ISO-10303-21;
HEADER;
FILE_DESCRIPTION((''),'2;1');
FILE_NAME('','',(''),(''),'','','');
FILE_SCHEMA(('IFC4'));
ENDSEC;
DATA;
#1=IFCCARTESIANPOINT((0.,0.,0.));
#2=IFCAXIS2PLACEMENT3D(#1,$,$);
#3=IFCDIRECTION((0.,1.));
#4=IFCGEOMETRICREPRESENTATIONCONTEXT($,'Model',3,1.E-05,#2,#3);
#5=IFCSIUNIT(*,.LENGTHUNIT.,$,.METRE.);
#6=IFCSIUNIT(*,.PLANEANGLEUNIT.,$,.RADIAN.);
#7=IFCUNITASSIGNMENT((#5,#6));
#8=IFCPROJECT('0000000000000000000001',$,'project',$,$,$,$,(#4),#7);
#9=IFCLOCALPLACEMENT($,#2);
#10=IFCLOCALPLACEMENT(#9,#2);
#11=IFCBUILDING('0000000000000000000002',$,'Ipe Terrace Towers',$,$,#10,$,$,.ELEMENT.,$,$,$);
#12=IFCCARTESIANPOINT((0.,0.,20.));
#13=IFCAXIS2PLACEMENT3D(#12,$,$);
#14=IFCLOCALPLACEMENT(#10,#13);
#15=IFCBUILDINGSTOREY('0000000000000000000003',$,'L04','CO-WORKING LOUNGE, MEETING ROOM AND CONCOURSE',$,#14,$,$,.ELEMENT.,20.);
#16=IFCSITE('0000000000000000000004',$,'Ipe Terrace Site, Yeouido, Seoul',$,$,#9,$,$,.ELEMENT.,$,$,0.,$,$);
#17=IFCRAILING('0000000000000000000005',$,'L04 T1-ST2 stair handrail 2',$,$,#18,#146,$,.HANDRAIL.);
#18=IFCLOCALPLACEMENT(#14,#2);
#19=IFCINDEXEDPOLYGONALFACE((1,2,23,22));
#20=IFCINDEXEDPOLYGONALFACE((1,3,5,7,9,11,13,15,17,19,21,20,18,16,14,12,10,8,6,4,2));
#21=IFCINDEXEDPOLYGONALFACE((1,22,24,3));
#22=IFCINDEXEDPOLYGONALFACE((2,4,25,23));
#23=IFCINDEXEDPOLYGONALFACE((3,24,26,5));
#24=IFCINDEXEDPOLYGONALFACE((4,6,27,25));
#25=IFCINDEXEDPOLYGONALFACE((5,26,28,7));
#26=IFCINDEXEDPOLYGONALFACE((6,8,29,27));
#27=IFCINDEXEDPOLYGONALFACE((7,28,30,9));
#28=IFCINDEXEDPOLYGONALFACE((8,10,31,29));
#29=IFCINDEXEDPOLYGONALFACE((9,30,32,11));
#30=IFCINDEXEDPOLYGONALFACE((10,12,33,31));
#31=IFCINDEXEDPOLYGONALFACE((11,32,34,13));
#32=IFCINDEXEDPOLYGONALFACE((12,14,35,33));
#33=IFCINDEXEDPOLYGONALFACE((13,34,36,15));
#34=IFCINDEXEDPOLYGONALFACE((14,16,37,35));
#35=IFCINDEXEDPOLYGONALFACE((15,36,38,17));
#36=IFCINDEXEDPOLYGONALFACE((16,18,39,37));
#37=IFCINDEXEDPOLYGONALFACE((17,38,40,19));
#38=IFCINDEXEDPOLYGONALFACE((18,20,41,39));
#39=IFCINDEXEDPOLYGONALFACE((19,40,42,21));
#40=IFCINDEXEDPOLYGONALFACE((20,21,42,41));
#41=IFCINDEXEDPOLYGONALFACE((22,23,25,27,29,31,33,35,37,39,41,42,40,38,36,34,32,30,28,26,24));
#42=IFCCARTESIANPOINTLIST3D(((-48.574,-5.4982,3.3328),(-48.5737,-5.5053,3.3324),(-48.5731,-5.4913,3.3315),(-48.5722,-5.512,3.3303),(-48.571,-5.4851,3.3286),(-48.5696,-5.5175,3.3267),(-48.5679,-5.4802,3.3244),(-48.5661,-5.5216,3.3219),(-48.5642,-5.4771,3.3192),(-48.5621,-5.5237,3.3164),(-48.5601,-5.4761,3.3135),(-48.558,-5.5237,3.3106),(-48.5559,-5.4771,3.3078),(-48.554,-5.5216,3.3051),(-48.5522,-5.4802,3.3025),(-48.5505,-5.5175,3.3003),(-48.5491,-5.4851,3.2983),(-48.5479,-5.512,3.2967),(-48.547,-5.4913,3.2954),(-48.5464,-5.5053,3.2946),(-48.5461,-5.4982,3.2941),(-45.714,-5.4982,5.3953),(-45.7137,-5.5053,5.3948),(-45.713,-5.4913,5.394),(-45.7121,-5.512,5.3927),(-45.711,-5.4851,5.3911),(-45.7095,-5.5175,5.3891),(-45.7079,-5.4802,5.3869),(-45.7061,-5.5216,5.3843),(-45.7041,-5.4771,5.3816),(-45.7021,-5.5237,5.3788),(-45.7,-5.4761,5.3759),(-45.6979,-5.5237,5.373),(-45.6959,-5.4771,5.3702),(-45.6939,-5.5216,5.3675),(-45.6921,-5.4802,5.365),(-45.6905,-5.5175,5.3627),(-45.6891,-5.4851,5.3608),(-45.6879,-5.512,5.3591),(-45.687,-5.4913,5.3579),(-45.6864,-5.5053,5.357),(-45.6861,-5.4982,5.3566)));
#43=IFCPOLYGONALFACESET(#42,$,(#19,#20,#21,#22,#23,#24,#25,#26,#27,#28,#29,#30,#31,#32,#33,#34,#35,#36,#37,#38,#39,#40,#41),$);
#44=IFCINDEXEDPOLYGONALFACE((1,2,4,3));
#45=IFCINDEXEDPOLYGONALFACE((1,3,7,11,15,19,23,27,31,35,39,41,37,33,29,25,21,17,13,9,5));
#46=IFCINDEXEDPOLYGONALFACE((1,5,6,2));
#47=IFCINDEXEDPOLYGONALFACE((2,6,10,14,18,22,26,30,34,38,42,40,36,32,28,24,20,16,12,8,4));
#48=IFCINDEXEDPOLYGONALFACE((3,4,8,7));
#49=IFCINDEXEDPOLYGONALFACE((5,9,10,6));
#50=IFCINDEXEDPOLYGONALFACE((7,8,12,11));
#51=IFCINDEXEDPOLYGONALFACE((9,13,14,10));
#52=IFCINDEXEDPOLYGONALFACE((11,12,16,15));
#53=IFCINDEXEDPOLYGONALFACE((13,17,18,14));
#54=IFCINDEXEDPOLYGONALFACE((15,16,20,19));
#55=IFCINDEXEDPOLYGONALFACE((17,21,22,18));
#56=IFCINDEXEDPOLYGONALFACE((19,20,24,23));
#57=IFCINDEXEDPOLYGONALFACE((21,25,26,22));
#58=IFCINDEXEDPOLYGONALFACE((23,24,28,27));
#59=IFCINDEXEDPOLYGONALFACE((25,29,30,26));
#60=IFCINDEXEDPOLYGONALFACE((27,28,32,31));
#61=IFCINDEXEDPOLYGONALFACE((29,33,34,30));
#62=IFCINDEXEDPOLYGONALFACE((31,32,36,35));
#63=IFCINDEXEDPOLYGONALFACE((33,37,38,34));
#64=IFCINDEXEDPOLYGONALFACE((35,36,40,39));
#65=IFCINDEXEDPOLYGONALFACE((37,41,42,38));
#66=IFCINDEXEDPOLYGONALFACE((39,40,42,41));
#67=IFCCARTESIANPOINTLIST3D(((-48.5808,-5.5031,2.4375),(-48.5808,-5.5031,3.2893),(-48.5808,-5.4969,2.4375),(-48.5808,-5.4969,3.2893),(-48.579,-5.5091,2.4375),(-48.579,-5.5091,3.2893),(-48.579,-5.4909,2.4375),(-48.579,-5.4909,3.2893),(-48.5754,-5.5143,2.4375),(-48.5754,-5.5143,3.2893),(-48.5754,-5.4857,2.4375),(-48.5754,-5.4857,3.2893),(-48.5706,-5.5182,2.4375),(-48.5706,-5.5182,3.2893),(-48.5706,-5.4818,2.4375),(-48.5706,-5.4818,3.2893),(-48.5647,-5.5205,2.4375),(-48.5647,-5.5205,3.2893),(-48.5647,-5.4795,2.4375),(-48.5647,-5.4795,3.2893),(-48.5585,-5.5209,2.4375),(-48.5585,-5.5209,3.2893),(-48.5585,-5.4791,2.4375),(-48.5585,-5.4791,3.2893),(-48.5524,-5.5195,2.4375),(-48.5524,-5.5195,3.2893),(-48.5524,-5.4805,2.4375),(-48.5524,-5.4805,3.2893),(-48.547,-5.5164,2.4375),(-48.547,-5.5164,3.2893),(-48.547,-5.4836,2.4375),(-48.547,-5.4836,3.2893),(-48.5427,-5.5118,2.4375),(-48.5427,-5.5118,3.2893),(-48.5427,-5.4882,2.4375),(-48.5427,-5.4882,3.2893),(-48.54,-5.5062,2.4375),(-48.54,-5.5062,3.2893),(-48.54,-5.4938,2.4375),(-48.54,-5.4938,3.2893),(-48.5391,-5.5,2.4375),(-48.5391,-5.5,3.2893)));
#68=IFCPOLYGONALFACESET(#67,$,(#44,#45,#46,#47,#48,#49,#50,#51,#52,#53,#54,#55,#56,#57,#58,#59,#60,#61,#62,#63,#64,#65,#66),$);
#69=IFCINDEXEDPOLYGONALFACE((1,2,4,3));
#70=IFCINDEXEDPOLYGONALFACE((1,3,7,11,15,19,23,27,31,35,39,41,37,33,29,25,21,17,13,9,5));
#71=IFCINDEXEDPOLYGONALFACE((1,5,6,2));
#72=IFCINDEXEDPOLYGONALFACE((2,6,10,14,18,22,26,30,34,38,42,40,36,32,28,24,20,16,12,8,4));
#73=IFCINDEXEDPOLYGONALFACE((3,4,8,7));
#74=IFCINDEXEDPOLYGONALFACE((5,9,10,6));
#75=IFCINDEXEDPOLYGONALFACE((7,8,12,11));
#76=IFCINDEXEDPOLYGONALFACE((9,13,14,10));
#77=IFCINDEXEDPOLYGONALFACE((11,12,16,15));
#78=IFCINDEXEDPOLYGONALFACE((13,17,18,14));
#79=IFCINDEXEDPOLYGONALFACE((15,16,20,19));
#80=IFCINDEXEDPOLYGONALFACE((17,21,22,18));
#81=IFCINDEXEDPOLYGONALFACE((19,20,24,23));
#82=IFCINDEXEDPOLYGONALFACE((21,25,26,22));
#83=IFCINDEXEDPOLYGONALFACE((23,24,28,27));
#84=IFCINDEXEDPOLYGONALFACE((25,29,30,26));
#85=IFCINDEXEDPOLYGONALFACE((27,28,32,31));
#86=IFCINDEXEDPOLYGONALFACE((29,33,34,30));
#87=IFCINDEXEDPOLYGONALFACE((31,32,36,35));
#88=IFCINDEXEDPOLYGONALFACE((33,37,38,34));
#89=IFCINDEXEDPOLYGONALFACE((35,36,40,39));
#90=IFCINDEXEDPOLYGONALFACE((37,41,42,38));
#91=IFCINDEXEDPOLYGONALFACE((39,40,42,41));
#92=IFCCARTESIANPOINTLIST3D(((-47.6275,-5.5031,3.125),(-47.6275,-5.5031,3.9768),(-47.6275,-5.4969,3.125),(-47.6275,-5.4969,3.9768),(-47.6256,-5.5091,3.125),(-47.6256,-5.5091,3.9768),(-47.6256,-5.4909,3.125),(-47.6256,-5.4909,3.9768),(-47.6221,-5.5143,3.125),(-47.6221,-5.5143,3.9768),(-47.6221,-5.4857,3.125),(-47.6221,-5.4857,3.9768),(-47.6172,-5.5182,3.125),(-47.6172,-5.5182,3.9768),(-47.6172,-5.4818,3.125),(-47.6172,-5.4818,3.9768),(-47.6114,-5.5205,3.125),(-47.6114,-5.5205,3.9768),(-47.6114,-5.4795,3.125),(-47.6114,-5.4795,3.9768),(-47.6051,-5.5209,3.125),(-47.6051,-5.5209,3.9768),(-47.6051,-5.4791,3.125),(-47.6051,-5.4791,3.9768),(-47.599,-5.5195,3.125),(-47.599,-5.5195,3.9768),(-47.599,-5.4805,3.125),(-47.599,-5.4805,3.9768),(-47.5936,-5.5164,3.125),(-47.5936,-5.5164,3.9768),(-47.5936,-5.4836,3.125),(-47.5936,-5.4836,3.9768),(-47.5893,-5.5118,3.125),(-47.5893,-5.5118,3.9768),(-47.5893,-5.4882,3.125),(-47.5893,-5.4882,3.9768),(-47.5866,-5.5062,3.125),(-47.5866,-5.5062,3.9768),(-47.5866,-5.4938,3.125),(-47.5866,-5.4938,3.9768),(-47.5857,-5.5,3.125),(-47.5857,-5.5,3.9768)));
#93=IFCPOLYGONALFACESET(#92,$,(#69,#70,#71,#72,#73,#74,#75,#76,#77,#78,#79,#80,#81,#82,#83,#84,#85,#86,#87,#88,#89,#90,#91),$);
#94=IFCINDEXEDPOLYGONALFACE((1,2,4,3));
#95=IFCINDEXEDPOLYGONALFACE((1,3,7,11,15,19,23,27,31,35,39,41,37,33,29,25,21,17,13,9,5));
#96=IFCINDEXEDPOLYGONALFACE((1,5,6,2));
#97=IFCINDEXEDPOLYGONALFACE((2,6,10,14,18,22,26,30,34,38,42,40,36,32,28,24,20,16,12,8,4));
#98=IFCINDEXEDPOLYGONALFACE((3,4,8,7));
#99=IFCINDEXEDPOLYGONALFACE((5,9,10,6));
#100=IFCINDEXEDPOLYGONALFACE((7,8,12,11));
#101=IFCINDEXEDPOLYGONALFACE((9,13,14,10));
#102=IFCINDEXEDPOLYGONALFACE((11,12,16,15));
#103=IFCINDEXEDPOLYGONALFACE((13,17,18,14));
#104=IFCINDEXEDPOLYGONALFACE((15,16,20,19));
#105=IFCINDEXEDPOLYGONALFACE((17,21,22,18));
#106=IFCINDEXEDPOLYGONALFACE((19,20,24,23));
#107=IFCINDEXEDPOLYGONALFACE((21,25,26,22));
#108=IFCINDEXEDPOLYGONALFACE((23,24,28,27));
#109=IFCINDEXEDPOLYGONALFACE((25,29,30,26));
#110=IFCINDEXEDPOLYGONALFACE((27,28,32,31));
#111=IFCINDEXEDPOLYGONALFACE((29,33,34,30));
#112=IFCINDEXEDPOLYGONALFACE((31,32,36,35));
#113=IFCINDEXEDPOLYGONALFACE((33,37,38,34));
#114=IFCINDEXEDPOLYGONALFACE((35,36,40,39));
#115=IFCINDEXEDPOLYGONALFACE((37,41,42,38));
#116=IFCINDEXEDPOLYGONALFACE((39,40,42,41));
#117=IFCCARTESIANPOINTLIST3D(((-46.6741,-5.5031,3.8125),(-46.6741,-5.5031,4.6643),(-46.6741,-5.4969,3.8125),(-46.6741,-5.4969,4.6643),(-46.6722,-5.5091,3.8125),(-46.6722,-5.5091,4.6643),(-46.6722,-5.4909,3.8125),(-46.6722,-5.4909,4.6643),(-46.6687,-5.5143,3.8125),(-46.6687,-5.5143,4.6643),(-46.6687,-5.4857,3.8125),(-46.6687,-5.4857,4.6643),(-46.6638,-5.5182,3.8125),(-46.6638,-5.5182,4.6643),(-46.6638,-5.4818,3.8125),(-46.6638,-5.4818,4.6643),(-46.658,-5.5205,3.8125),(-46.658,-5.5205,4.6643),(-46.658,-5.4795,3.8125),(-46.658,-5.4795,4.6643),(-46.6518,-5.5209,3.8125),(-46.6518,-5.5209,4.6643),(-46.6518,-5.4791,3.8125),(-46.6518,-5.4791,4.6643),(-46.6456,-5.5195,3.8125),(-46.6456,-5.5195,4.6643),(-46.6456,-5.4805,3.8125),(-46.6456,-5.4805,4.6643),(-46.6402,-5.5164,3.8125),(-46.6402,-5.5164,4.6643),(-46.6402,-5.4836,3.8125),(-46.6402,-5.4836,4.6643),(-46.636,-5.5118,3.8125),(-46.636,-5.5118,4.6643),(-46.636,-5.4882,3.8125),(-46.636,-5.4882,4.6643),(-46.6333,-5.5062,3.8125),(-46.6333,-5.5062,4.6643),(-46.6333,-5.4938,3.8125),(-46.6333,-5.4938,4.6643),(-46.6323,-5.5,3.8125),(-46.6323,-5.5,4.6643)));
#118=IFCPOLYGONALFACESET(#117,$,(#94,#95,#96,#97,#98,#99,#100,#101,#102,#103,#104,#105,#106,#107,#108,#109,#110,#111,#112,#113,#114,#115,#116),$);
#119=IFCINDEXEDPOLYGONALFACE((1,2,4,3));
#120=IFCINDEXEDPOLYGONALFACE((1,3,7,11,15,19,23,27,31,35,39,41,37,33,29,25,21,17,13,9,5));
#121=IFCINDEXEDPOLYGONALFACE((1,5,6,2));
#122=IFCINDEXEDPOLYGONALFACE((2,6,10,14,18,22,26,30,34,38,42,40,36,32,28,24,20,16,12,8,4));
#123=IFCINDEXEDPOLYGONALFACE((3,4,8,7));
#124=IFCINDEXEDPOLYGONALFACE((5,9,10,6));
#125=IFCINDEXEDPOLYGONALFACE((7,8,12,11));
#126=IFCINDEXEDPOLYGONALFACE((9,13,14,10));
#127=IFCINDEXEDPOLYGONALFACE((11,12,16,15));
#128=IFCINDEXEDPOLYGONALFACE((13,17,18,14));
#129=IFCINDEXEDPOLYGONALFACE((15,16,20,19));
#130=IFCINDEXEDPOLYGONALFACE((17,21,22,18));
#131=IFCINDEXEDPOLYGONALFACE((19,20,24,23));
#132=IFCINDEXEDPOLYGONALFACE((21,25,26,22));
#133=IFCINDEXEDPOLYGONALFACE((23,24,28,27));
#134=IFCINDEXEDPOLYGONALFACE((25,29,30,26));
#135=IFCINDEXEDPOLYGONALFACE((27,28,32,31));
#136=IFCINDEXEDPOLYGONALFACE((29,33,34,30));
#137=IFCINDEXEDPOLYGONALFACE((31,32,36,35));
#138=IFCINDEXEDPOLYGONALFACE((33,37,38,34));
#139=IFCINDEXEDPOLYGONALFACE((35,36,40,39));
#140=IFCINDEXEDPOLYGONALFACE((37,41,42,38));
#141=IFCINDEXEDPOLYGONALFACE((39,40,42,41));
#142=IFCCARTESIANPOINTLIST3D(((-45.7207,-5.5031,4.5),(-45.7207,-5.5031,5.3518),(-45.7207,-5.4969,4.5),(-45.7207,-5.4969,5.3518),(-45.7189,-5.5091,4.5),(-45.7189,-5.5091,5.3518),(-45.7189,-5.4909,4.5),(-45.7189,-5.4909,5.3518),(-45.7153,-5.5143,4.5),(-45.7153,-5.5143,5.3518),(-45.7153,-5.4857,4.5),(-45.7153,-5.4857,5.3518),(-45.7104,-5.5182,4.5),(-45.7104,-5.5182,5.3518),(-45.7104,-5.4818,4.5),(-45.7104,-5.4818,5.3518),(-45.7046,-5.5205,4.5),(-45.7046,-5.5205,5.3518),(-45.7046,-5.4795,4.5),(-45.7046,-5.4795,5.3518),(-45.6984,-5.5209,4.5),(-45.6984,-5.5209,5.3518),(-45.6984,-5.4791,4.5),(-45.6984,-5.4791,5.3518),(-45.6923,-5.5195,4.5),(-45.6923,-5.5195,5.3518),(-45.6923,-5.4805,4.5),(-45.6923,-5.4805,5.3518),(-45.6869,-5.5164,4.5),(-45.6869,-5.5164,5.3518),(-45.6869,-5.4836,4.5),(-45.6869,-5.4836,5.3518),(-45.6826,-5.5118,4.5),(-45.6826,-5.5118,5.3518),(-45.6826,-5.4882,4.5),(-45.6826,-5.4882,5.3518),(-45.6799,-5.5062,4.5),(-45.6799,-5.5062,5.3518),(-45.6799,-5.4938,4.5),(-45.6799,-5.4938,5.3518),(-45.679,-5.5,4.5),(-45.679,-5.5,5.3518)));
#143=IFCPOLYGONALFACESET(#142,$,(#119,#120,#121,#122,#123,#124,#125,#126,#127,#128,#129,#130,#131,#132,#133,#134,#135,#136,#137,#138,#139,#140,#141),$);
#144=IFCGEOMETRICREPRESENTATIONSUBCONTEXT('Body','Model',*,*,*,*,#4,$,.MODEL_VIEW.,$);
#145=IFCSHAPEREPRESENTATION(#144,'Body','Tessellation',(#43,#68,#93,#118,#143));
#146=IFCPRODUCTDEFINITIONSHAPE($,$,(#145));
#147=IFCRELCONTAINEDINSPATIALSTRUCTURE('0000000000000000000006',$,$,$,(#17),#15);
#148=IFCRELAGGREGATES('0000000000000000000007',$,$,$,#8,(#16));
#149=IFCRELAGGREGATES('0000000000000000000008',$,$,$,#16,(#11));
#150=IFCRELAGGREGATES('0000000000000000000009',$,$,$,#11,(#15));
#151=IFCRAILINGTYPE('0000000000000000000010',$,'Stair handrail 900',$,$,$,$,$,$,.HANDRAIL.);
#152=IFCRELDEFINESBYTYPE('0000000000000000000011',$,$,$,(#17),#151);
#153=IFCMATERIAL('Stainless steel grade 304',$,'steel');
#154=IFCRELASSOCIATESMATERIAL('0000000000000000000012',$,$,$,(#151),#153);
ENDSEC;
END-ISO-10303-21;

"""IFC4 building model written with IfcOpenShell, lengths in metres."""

from ifc_helpers import new_model, si_unit, direction, frame, origin, origin_2d, place, context, subcontext, project, spatial, circle, extrude, material, type_object, element, save


model = new_model("IFC4")

# Units and contexts
model_context = context("Model", 3, precision=1e-05, world=origin(), true_north=direction((0.0, 1.0)))
body_context = subcontext(model_context, "Body", "Model", "MODEL_VIEW")
ifc_project = project(units=[si_unit("LENGTHUNIT", "METRE"), si_unit("PLANEANGLEUNIT", "RADIAN")], contexts=[model_context])

# Site, building, storey
site_placement = place(None, origin())
site = spatial("IfcSite", under=ifc_project, at=site_placement, Name="Ipe Terrace Site, Yeouido, Seoul", CompositionType="ELEMENT", RefElevation=0.0)
building_placement = place(site_placement, origin())
building = spatial("IfcBuilding", under=site, at=building_placement, Name="Ipe Terrace Towers", CompositionType="ELEMENT")
storey_placement = place(building_placement, frame((0.0, 0.0, 20.0)))
storey = spatial("IfcBuildingStorey", under=building, at=storey_placement, Name="L04", Description="CO-WORKING LOUNGE, MEETING ROOM AND CONCOURSE", CompositionType="ELEMENT", Elevation=20.0)

# Railing
ifc_material_1 = material(Name="Stainless steel grade 304", Category="steel")
railing_type_1 = type_object("IfcRailingType", Name="Stair handrail 900", PredefinedType="HANDRAIL", material=ifc_material_1)
railing_1_placement = place(storey_placement, frame((-48.5601, -5.5, 2.4375)))
element("IfcRailing", 1, at=railing_1_placement, inside=storey, type_object=railing_type_1, Name="L04 T1-ST2 stair handrail 2", PredefinedType="HANDRAIL", context=body_context, shape_type="SweptSolid", body=[
    extrude(circle(Radius=0.0239, at=origin_2d()), frame((0.0, 0.0, 0.876), z_axis=(0.811101, 0.0, 0.584906), x_axis=(0.0, 1.0, 0.0)), (0.0, 0.0, 1.0), 3.5261),
    extrude(circle(Radius=0.021, at=origin_2d()), origin(), (0.0, 0.0, 1.0), 0.8518),
    extrude(circle(Radius=0.021, at=origin_2d()), frame((0.9534, 0.0, 0.6875)), (0.0, 0.0, 1.0), 0.8518),
    extrude(circle(Radius=0.021, at=origin_2d()), frame((1.9067, 0.0, 1.375)), (0.0, 0.0, 1.0), 0.8518),
    extrude(circle(Radius=0.021, at=origin_2d()), frame((2.8601, 0.0, 2.0625)), (0.0, 0.0, 1.0), 0.8518),
])

save(model, "model.ifc")
